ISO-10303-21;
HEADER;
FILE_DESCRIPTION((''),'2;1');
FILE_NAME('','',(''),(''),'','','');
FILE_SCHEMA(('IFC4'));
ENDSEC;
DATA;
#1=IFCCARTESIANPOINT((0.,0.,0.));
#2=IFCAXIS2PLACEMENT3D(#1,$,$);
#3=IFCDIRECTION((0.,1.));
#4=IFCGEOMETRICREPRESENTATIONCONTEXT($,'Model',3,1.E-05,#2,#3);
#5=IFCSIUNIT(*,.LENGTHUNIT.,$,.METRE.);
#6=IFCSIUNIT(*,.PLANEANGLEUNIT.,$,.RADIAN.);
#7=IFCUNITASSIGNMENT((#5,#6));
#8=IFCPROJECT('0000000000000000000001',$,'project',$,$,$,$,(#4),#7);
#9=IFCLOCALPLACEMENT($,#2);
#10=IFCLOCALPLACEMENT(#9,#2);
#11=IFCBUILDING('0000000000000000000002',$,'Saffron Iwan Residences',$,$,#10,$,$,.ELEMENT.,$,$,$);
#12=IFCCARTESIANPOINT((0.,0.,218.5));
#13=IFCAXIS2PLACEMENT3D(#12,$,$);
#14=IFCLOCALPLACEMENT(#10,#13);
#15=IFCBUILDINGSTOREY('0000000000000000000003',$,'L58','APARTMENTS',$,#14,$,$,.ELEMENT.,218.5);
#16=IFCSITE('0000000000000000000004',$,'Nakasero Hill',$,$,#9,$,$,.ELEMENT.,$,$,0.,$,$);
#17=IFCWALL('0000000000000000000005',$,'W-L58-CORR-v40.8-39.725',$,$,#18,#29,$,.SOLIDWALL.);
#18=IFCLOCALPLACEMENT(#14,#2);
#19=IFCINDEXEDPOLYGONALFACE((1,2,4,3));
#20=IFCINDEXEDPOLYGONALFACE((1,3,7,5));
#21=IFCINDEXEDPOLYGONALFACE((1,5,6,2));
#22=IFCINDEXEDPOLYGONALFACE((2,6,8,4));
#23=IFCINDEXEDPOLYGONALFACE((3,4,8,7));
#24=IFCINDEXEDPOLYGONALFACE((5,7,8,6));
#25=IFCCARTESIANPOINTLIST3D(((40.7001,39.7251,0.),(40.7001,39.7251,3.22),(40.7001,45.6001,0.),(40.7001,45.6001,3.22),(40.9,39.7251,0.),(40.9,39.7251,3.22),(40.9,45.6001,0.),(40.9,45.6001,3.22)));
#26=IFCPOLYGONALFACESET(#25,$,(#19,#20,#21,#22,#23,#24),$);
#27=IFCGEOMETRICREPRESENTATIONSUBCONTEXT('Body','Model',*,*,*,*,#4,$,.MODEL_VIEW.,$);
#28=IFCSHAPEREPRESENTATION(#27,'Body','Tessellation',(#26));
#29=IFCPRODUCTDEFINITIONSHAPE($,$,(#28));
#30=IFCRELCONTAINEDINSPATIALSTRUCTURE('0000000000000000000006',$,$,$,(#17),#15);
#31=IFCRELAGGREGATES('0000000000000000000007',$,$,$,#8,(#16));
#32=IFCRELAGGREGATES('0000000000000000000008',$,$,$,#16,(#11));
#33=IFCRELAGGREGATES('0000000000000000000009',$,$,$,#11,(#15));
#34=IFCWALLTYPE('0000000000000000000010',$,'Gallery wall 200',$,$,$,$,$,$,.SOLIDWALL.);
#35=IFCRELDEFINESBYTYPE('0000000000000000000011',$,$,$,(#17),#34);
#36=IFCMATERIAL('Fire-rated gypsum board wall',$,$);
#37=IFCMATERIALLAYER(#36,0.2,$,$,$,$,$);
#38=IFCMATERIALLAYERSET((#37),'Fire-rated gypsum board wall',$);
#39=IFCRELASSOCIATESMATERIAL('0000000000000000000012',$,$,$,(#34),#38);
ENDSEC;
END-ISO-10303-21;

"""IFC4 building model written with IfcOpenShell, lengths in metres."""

from ifc_helpers import new_model, si_unit, direction, frame, frame_2d, origin, place, context, subcontext, project, spatial, rectangle, extrude, material, layer, layer_set, type_object, element, save


model = new_model("IFC4")

# Units and contexts
model_context = context("Model", 3, precision=1e-05, world=origin(), true_north=direction((0.0, 1.0)))
body_context = subcontext(model_context, "Body", "Model", "MODEL_VIEW")
ifc_project = project(units=[si_unit("LENGTHUNIT", "METRE"), si_unit("PLANEANGLEUNIT", "RADIAN")], contexts=[model_context])

# Site, building, storey
site_placement = place(None, origin())
site = spatial("IfcSite", under=ifc_project, at=site_placement, Name="Nakasero Hill", CompositionType="ELEMENT", RefElevation=0.0)
building_placement = place(site_placement, origin())
building = spatial("IfcBuilding", under=site, at=building_placement, Name="Saffron Iwan Residences", CompositionType="ELEMENT")
storey_placement = place(building_placement, frame((0.0, 0.0, 218.5)))
storey = spatial("IfcBuildingStorey", under=building, at=storey_placement, Name="L58", Description="APARTMENTS", CompositionType="ELEMENT", Elevation=218.5)

# Shared definitions
ifc_material_1 = material(Name="Fire-rated gypsum board wall")
ifc_layer_1 = layer(ifc_material_1, 0.2)
ifc_layer_set_1 = layer_set([ifc_layer_1], Name="Fire-rated gypsum board wall")
wall_type_1 = type_object("IfcWallType", Name="Gallery wall 200", PredefinedType="SOLIDWALL", material=ifc_layer_set_1)

# Wall
wall_1_placement = place(storey_placement, frame((40.8, 39.7251, 0.0), z_axis=(0.0, 0.0, 1.0), x_axis=(0.0, 1.0, 0.0)))
element("IfcWall", 1, at=wall_1_placement, inside=storey, type_object=wall_type_1, Name="W-L58-CORR-v40.8-39.725", PredefinedType="SOLIDWALL", context=body_context, shape_type="SweptSolid", body=[
    extrude(rectangle(XDim=5.875, YDim=0.2, at=frame_2d((2.9375, 0.0))), origin(), (0.0, 0.0, 1.0), 3.22),
])

save(model, "model.ifc")
